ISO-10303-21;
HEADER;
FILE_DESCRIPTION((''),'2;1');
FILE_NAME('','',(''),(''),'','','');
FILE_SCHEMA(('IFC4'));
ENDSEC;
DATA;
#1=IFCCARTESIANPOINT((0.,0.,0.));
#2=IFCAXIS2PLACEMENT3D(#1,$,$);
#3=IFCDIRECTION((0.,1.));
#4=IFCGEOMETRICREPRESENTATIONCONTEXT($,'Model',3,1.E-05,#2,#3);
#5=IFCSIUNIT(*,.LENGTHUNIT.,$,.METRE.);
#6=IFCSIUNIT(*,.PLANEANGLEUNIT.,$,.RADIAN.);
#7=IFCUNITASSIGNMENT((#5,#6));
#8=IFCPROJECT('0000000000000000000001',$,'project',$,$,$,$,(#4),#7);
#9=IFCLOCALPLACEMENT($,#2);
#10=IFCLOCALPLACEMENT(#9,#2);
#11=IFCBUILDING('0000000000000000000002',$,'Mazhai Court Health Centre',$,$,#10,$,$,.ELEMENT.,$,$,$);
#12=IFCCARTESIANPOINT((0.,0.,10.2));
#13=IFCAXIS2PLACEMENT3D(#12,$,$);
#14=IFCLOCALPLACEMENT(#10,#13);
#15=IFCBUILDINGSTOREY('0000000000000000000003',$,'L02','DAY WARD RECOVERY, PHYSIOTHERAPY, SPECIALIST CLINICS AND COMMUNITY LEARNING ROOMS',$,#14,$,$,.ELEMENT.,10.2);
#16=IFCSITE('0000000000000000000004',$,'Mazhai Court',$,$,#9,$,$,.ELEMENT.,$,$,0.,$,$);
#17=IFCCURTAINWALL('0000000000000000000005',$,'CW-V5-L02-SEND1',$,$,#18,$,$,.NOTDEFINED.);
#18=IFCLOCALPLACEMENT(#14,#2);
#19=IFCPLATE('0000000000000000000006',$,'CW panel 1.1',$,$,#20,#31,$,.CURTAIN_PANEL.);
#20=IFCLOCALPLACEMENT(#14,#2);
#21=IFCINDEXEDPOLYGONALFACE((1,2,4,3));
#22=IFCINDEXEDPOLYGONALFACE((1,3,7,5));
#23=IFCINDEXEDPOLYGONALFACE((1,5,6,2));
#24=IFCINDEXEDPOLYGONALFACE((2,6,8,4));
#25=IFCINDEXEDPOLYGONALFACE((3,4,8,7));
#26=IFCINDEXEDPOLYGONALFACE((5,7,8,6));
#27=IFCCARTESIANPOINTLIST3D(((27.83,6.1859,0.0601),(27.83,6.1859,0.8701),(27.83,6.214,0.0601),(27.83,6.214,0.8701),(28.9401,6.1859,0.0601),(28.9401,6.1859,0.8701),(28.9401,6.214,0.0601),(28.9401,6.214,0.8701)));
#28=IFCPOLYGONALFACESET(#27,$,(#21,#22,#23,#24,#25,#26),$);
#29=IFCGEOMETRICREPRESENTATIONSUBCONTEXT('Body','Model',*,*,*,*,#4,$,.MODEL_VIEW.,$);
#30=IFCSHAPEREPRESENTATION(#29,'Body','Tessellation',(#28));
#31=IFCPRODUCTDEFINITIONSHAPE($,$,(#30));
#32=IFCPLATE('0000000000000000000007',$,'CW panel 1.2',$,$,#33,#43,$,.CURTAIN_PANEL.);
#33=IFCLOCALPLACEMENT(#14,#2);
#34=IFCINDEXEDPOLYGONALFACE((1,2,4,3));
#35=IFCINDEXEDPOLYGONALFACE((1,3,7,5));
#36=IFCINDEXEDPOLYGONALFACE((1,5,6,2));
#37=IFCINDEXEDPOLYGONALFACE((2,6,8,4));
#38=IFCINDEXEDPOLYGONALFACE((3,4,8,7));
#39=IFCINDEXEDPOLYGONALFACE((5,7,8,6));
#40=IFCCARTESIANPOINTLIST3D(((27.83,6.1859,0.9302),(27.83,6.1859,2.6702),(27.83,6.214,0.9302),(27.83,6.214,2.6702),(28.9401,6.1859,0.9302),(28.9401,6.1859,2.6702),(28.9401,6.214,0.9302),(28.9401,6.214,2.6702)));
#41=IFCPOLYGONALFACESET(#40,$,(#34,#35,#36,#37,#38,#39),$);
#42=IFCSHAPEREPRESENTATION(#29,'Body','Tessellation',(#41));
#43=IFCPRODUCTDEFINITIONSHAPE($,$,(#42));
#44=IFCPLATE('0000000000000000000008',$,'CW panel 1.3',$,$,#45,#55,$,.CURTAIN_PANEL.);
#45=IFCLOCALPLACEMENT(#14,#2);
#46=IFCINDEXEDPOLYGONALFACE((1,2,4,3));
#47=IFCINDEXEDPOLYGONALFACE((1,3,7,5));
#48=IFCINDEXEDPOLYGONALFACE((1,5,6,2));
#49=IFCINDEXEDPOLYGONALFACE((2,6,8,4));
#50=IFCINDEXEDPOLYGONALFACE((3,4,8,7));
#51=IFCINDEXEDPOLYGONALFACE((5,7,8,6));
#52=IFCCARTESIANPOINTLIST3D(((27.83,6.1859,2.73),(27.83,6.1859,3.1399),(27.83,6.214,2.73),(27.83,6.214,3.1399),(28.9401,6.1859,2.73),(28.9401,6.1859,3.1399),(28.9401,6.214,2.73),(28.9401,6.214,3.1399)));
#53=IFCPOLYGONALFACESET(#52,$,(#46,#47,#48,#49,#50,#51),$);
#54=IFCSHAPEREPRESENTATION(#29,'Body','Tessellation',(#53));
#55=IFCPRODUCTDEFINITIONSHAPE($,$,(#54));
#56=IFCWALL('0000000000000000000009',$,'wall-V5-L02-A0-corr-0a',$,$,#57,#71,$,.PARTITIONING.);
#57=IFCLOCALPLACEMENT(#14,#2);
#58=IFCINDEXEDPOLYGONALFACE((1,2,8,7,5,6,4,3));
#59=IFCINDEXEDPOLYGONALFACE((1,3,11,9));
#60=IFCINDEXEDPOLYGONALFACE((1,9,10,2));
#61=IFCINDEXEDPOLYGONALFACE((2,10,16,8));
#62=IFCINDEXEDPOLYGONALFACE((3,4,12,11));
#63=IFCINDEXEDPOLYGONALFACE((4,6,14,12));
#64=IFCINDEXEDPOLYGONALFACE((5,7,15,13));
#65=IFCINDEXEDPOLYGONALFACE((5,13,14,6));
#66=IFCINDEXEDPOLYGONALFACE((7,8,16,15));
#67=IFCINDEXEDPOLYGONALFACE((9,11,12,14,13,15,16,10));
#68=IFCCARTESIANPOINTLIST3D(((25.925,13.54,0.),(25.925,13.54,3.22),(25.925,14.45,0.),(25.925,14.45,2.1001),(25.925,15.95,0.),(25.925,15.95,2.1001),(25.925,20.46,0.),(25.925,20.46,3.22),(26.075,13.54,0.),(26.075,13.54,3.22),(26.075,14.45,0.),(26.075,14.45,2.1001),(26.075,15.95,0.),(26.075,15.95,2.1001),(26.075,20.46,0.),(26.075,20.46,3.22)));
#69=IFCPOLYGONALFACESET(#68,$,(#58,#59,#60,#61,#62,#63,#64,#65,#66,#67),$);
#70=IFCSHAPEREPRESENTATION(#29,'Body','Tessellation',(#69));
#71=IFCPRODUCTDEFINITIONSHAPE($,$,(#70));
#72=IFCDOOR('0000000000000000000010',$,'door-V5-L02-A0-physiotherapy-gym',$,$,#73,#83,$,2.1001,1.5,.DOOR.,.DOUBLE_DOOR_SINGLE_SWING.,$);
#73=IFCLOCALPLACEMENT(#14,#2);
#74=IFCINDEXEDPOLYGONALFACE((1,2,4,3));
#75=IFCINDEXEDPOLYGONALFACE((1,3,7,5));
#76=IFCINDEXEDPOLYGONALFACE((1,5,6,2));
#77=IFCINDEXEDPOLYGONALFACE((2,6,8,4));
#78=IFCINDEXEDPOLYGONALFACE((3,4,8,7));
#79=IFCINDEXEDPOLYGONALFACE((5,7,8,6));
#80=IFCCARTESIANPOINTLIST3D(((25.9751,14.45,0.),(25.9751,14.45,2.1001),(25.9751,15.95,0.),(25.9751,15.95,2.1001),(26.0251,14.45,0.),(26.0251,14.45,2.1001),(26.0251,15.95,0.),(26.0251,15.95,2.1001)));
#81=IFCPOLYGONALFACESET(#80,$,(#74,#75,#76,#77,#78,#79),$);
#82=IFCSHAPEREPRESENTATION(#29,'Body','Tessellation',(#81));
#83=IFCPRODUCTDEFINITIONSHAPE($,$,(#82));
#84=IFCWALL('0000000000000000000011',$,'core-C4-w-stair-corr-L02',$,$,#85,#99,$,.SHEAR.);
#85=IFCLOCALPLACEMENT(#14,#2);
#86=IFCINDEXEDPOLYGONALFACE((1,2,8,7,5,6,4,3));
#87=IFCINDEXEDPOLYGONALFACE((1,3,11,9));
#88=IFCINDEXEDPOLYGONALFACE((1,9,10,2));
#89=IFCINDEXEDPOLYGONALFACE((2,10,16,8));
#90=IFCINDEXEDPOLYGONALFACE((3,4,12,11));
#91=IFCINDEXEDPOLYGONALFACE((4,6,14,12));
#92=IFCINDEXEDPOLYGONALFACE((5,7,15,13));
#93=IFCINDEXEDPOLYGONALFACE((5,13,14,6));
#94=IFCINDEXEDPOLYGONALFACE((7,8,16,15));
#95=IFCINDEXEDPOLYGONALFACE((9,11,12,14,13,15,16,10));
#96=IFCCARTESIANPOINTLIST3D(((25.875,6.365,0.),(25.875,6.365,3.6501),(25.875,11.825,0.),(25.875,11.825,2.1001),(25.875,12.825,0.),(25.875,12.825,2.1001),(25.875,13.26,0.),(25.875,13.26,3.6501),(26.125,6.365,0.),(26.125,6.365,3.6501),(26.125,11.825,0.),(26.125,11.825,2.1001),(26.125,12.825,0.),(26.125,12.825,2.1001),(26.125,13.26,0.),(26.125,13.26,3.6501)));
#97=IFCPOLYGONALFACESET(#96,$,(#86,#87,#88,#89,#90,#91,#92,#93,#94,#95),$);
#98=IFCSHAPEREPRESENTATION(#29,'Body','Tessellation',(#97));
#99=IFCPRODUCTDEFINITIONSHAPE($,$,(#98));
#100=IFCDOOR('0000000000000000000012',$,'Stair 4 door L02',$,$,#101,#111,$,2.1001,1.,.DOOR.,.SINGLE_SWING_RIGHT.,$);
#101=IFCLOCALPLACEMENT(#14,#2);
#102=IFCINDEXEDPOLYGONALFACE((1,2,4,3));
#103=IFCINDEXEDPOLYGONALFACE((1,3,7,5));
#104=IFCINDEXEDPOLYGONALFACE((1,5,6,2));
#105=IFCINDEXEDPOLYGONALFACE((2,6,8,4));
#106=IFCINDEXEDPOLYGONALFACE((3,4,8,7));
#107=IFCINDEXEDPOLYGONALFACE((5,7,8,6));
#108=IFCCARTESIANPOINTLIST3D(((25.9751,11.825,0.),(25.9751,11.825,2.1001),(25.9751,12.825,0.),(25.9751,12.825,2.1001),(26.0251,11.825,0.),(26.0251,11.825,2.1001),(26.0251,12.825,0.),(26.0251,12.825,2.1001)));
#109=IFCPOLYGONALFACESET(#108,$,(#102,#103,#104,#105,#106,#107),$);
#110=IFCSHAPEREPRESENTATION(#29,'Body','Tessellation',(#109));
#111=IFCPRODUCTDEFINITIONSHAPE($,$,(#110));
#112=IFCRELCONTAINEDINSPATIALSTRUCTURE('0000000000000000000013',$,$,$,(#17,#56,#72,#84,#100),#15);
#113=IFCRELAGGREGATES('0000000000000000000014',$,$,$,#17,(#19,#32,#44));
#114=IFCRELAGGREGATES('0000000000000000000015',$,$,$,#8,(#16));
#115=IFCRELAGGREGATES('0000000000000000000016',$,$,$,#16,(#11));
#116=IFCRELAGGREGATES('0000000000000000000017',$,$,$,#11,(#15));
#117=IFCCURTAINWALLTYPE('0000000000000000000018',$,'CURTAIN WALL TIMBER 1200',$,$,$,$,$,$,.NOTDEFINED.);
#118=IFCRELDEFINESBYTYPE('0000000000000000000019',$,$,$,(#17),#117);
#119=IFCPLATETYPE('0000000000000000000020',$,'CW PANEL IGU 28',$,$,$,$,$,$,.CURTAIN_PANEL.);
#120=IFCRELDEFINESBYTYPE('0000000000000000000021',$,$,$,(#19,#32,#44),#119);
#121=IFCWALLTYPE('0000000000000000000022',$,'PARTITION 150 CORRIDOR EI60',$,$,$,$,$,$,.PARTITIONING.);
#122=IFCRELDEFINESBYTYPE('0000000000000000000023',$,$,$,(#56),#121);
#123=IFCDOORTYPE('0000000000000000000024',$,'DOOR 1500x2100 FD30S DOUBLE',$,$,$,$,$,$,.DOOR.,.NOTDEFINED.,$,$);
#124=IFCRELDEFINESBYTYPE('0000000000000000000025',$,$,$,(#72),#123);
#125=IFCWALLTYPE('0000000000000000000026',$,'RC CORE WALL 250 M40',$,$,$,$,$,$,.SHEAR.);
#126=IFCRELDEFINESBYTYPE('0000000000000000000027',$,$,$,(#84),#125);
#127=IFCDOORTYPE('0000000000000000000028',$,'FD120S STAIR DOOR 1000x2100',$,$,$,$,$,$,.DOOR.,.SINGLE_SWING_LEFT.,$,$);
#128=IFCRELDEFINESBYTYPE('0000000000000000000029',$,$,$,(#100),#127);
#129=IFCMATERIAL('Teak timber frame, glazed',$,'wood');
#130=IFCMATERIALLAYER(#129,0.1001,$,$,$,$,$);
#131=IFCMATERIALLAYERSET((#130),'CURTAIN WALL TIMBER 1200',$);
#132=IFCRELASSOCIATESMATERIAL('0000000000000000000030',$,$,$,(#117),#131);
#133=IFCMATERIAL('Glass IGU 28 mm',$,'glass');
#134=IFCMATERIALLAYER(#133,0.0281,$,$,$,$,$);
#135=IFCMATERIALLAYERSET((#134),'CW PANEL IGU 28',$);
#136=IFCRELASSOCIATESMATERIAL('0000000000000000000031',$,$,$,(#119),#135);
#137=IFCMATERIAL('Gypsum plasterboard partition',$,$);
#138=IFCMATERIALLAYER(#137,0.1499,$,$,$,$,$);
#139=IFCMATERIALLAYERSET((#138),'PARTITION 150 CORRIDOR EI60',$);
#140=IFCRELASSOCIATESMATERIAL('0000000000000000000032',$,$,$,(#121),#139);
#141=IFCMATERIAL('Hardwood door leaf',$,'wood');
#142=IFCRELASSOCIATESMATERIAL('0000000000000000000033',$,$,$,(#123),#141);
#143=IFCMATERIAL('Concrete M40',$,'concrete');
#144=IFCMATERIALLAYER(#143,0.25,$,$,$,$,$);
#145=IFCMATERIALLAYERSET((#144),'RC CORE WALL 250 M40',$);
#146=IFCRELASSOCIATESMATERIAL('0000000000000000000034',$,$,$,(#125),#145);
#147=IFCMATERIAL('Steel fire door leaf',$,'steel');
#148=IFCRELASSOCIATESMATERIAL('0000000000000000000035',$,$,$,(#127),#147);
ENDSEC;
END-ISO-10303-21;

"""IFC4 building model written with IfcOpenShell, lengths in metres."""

from ifc_helpers import new_model, si_unit, direction, frame, frame_2d, origin, origin_2d, place, context, subcontext, project, spatial, rectangle, extrude, material, layer, layer_set, type_object, element, fill, aggregate, save


model = new_model("IFC4")

# Units and contexts
model_context = context("Model", 3, precision=1e-05, world=origin(), true_north=direction((0.0, 1.0)))
body_context = subcontext(model_context, "Body", "Model", "MODEL_VIEW")
ifc_project = project(units=[si_unit("LENGTHUNIT", "METRE"), si_unit("PLANEANGLEUNIT", "RADIAN")], contexts=[model_context])

# Site, building, storey
site_placement = place(None, origin())
site = spatial("IfcSite", under=ifc_project, at=site_placement, Name="Mazhai Court", CompositionType="ELEMENT", RefElevation=0.0)
building_placement = place(site_placement, origin())
building = spatial("IfcBuilding", under=site, at=building_placement, Name="Mazhai Court Health Centre", CompositionType="ELEMENT")
storey_placement = place(building_placement, frame((0.0, 0.0, 10.2)))
storey = spatial("IfcBuildingStorey", under=building, at=storey_placement, Name="L02", Description="DAY WARD RECOVERY, PHYSIOTHERAPY, SPECIALIST CLINICS AND COMMUNITY LEARNING ROOMS", CompositionType="ELEMENT", Elevation=10.2)

# Curtain wall
ifc_material_1 = material(Name="Teak timber frame, glazed", Category="wood")
ifc_layer_1 = layer(ifc_material_1, 0.1001)
ifc_layer_set_1 = layer_set([ifc_layer_1], Name="CURTAIN WALL TIMBER 1200")
curtain_wall_type = type_object("IfcCurtainWallType", Name="CURTAIN WALL TIMBER 1200", PredefinedType="NOTDEFINED", material=ifc_layer_set_1)
curtain_wall_placement = place(storey_placement, origin())
curtain_wall = element("IfcCurtainWall", 1, at=curtain_wall_placement, inside=storey, type_object=curtain_wall_type, Name="CW-V5-L02-SEND1", PredefinedType="NOTDEFINED")

# Plates
ifc_material_2 = material(Name="Glass IGU 28 mm", Category="glass")
ifc_layer_2 = layer(ifc_material_2, 0.0281)
ifc_layer_set_2 = layer_set([ifc_layer_2], Name="CW PANEL IGU 28")
plate_type = type_object("IfcPlateType", Name="CW PANEL IGU 28", PredefinedType="CURTAIN_PANEL", material=ifc_layer_set_2)
plate_1_placement = place(storey_placement, frame((28.385, 6.2, 0.0601), z_axis=(0.0, 0.0, 1.0), x_axis=(-1.0, 0.0, 0.0)))
plate_1 = element("IfcPlate", 2, at=plate_1_placement, type_object=plate_type, Name="CW panel 1.1", PredefinedType="CURTAIN_PANEL", context=body_context, shape_type="SweptSolid", body=[
    extrude(rectangle(XDim=1.1101, YDim=0.0281, at=origin_2d()), origin(), (0.0, 0.0, 1.0), 0.8101),
])
plate_2_placement = place(storey_placement, frame((28.385, 6.2, 0.9302), z_axis=(0.0, 0.0, 1.0), x_axis=(-1.0, 0.0, 0.0)))
plate_2 = element("IfcPlate", 3, at=plate_2_placement, type_object=plate_type, Name="CW panel 1.2", PredefinedType="CURTAIN_PANEL", context=body_context, shape_type="SweptSolid", body=[
    extrude(rectangle(XDim=1.1101, YDim=0.0281, at=origin_2d()), origin(), (0.0, 0.0, 1.0), 1.74),
])
plate_3_placement = place(storey_placement, frame((28.385, 6.2, 2.73), z_axis=(0.0, 0.0, 1.0), x_axis=(-1.0, 0.0, 0.0)))
plate_3 = element("IfcPlate", 4, at=plate_3_placement, type_object=plate_type, Name="CW panel 1.3", PredefinedType="CURTAIN_PANEL", context=body_context, shape_type="SweptSolid", body=[
    extrude(rectangle(XDim=1.1101, YDim=0.0281, at=origin_2d()), origin(), (0.0, 0.0, 1.0), 0.4099),
])
aggregate(curtain_wall, [plate_1, plate_2, plate_3])

# Walls, openings, doors
ifc_material_3 = material(Name="Gypsum plasterboard partition")
ifc_layer_3 = layer(ifc_material_3, 0.1499)
ifc_layer_set_3 = layer_set([ifc_layer_3], Name="PARTITION 150 CORRIDOR EI60")
wall_type_1 = type_object("IfcWallType", Name="PARTITION 150 CORRIDOR EI60", PredefinedType="PARTITIONING", material=ifc_layer_set_3)
wall_1_placement = place(storey_placement, frame((26.0, 13.54, 0.0), z_axis=(0.0, 0.0, 1.0), x_axis=(0.0, 1.0, 0.0)))
wall_1 = element("IfcWall", 5, at=wall_1_placement, inside=storey, type_object=wall_type_1, Name="wall-V5-L02-A0-corr-0a", PredefinedType="PARTITIONING", context=body_context, shape_type="SweptSolid", body=[
    extrude(rectangle(XDim=6.9199, YDim=0.1499, at=frame_2d((3.46, 0.0))), origin(), (0.0, 0.0, 1.0), 3.22),
])
opening_1_placement = place(wall_1_placement, frame((0.9099, 0.0, 0.0)))
opening_1 = element("IfcOpeningElement", 6, at=opening_1_placement, cuts=wall_1, PredefinedType="OPENING", context=body_context, shape_type="SweptSolid", body=[
    extrude(rectangle(XDim=1.5, YDim=2.1001, at=frame_2d((0.75, 1.05))), frame((0.0, 0.085, 0.0), z_axis=(0.0, -1.0, 0.0), x_axis=(1.0, 0.0, 0.0)), (0.0, 0.0, 1.0), 0.1699),
])
ifc_material_4 = material(Name="Hardwood door leaf", Category="wood")
door_type_1 = type_object("IfcDoorType", Name="DOOR 1500x2100 FD30S DOUBLE", OperationType="NOTDEFINED", PredefinedType="DOOR", material=ifc_material_4)
door_1_placement = place(opening_1_placement, origin())
door_1 = element("IfcDoor", 7, at=door_1_placement, inside=storey, type_object=door_type_1, Name="door-V5-L02-A0-physiotherapy-gym", OperationType="DOUBLE_DOOR_SINGLE_SWING", OverallHeight=2.1001, OverallWidth=1.5, PredefinedType="DOOR", context=body_context, shape_type="SweptSolid", body=[
    extrude(rectangle(XDim=1.5, YDim=2.1001, at=frame_2d((0.75, 1.05))), frame((0.0, 0.0249, 0.0), z_axis=(0.0, -1.0, 0.0), x_axis=(1.0, 0.0, 0.0)), (0.0, 0.0, 1.0), 0.05),
])
fill(opening_1, door_1)
ifc_material_5 = material(Name="Concrete M40", Category="concrete")
ifc_layer_4 = layer(ifc_material_5, 0.25)
ifc_layer_set_4 = layer_set([ifc_layer_4], Name="RC CORE WALL 250 M40")
wall_type_2 = type_object("IfcWallType", Name="RC CORE WALL 250 M40", PredefinedType="SHEAR", material=ifc_layer_set_4)
wall_2_placement = place(storey_placement, frame((26.0, 6.365, 0.0), z_axis=(0.0, 0.0, 1.0), x_axis=(0.0, 1.0, 0.0)))
wall_2 = element("IfcWall", 8, at=wall_2_placement, inside=storey, type_object=wall_type_2, Name="core-C4-w-stair-corr-L02", PredefinedType="SHEAR", context=body_context, shape_type="SweptSolid", body=[
    extrude(rectangle(XDim=6.895, YDim=0.25, at=frame_2d((3.4475, 0.0))), origin(), (0.0, 0.0, 1.0), 3.6501),
])
opening_2_placement = place(wall_2_placement, frame((5.46, 0.0, 0.0)))
opening_2 = element("IfcOpeningElement", 9, at=opening_2_placement, cuts=wall_2, PredefinedType="OPENING", context=body_context, shape_type="SweptSolid", body=[
    extrude(rectangle(XDim=1.0, YDim=2.1001, at=frame_2d((0.5, 1.05))), frame((0.0, 0.135, 0.0), z_axis=(0.0, -1.0, 0.0), x_axis=(1.0, 0.0, 0.0)), (0.0, 0.0, 1.0), 0.27),
])
ifc_material_6 = material(Name="Steel fire door leaf", Category="steel")
door_type_2 = type_object("IfcDoorType", Name="FD120S STAIR DOOR 1000x2100", OperationType="SINGLE_SWING_LEFT", PredefinedType="DOOR", material=ifc_material_6)
door_2_placement = place(opening_2_placement, origin())
door_2 = element("IfcDoor", 10, at=door_2_placement, inside=storey, type_object=door_type_2, Name="Stair 4 door L02", OperationType="SINGLE_SWING_RIGHT", OverallHeight=2.1001, OverallWidth=1.0, PredefinedType="DOOR", context=body_context, shape_type="SweptSolid", body=[
    extrude(rectangle(XDim=1.0, YDim=2.1001, at=frame_2d((0.5, 1.05))), frame((0.0, 0.0249, 0.0), z_axis=(0.0, -1.0, 0.0), x_axis=(1.0, 0.0, 0.0)), (0.0, 0.0, 1.0), 0.05),
])
fill(opening_2, door_2)

save(model, "model.ifc")
